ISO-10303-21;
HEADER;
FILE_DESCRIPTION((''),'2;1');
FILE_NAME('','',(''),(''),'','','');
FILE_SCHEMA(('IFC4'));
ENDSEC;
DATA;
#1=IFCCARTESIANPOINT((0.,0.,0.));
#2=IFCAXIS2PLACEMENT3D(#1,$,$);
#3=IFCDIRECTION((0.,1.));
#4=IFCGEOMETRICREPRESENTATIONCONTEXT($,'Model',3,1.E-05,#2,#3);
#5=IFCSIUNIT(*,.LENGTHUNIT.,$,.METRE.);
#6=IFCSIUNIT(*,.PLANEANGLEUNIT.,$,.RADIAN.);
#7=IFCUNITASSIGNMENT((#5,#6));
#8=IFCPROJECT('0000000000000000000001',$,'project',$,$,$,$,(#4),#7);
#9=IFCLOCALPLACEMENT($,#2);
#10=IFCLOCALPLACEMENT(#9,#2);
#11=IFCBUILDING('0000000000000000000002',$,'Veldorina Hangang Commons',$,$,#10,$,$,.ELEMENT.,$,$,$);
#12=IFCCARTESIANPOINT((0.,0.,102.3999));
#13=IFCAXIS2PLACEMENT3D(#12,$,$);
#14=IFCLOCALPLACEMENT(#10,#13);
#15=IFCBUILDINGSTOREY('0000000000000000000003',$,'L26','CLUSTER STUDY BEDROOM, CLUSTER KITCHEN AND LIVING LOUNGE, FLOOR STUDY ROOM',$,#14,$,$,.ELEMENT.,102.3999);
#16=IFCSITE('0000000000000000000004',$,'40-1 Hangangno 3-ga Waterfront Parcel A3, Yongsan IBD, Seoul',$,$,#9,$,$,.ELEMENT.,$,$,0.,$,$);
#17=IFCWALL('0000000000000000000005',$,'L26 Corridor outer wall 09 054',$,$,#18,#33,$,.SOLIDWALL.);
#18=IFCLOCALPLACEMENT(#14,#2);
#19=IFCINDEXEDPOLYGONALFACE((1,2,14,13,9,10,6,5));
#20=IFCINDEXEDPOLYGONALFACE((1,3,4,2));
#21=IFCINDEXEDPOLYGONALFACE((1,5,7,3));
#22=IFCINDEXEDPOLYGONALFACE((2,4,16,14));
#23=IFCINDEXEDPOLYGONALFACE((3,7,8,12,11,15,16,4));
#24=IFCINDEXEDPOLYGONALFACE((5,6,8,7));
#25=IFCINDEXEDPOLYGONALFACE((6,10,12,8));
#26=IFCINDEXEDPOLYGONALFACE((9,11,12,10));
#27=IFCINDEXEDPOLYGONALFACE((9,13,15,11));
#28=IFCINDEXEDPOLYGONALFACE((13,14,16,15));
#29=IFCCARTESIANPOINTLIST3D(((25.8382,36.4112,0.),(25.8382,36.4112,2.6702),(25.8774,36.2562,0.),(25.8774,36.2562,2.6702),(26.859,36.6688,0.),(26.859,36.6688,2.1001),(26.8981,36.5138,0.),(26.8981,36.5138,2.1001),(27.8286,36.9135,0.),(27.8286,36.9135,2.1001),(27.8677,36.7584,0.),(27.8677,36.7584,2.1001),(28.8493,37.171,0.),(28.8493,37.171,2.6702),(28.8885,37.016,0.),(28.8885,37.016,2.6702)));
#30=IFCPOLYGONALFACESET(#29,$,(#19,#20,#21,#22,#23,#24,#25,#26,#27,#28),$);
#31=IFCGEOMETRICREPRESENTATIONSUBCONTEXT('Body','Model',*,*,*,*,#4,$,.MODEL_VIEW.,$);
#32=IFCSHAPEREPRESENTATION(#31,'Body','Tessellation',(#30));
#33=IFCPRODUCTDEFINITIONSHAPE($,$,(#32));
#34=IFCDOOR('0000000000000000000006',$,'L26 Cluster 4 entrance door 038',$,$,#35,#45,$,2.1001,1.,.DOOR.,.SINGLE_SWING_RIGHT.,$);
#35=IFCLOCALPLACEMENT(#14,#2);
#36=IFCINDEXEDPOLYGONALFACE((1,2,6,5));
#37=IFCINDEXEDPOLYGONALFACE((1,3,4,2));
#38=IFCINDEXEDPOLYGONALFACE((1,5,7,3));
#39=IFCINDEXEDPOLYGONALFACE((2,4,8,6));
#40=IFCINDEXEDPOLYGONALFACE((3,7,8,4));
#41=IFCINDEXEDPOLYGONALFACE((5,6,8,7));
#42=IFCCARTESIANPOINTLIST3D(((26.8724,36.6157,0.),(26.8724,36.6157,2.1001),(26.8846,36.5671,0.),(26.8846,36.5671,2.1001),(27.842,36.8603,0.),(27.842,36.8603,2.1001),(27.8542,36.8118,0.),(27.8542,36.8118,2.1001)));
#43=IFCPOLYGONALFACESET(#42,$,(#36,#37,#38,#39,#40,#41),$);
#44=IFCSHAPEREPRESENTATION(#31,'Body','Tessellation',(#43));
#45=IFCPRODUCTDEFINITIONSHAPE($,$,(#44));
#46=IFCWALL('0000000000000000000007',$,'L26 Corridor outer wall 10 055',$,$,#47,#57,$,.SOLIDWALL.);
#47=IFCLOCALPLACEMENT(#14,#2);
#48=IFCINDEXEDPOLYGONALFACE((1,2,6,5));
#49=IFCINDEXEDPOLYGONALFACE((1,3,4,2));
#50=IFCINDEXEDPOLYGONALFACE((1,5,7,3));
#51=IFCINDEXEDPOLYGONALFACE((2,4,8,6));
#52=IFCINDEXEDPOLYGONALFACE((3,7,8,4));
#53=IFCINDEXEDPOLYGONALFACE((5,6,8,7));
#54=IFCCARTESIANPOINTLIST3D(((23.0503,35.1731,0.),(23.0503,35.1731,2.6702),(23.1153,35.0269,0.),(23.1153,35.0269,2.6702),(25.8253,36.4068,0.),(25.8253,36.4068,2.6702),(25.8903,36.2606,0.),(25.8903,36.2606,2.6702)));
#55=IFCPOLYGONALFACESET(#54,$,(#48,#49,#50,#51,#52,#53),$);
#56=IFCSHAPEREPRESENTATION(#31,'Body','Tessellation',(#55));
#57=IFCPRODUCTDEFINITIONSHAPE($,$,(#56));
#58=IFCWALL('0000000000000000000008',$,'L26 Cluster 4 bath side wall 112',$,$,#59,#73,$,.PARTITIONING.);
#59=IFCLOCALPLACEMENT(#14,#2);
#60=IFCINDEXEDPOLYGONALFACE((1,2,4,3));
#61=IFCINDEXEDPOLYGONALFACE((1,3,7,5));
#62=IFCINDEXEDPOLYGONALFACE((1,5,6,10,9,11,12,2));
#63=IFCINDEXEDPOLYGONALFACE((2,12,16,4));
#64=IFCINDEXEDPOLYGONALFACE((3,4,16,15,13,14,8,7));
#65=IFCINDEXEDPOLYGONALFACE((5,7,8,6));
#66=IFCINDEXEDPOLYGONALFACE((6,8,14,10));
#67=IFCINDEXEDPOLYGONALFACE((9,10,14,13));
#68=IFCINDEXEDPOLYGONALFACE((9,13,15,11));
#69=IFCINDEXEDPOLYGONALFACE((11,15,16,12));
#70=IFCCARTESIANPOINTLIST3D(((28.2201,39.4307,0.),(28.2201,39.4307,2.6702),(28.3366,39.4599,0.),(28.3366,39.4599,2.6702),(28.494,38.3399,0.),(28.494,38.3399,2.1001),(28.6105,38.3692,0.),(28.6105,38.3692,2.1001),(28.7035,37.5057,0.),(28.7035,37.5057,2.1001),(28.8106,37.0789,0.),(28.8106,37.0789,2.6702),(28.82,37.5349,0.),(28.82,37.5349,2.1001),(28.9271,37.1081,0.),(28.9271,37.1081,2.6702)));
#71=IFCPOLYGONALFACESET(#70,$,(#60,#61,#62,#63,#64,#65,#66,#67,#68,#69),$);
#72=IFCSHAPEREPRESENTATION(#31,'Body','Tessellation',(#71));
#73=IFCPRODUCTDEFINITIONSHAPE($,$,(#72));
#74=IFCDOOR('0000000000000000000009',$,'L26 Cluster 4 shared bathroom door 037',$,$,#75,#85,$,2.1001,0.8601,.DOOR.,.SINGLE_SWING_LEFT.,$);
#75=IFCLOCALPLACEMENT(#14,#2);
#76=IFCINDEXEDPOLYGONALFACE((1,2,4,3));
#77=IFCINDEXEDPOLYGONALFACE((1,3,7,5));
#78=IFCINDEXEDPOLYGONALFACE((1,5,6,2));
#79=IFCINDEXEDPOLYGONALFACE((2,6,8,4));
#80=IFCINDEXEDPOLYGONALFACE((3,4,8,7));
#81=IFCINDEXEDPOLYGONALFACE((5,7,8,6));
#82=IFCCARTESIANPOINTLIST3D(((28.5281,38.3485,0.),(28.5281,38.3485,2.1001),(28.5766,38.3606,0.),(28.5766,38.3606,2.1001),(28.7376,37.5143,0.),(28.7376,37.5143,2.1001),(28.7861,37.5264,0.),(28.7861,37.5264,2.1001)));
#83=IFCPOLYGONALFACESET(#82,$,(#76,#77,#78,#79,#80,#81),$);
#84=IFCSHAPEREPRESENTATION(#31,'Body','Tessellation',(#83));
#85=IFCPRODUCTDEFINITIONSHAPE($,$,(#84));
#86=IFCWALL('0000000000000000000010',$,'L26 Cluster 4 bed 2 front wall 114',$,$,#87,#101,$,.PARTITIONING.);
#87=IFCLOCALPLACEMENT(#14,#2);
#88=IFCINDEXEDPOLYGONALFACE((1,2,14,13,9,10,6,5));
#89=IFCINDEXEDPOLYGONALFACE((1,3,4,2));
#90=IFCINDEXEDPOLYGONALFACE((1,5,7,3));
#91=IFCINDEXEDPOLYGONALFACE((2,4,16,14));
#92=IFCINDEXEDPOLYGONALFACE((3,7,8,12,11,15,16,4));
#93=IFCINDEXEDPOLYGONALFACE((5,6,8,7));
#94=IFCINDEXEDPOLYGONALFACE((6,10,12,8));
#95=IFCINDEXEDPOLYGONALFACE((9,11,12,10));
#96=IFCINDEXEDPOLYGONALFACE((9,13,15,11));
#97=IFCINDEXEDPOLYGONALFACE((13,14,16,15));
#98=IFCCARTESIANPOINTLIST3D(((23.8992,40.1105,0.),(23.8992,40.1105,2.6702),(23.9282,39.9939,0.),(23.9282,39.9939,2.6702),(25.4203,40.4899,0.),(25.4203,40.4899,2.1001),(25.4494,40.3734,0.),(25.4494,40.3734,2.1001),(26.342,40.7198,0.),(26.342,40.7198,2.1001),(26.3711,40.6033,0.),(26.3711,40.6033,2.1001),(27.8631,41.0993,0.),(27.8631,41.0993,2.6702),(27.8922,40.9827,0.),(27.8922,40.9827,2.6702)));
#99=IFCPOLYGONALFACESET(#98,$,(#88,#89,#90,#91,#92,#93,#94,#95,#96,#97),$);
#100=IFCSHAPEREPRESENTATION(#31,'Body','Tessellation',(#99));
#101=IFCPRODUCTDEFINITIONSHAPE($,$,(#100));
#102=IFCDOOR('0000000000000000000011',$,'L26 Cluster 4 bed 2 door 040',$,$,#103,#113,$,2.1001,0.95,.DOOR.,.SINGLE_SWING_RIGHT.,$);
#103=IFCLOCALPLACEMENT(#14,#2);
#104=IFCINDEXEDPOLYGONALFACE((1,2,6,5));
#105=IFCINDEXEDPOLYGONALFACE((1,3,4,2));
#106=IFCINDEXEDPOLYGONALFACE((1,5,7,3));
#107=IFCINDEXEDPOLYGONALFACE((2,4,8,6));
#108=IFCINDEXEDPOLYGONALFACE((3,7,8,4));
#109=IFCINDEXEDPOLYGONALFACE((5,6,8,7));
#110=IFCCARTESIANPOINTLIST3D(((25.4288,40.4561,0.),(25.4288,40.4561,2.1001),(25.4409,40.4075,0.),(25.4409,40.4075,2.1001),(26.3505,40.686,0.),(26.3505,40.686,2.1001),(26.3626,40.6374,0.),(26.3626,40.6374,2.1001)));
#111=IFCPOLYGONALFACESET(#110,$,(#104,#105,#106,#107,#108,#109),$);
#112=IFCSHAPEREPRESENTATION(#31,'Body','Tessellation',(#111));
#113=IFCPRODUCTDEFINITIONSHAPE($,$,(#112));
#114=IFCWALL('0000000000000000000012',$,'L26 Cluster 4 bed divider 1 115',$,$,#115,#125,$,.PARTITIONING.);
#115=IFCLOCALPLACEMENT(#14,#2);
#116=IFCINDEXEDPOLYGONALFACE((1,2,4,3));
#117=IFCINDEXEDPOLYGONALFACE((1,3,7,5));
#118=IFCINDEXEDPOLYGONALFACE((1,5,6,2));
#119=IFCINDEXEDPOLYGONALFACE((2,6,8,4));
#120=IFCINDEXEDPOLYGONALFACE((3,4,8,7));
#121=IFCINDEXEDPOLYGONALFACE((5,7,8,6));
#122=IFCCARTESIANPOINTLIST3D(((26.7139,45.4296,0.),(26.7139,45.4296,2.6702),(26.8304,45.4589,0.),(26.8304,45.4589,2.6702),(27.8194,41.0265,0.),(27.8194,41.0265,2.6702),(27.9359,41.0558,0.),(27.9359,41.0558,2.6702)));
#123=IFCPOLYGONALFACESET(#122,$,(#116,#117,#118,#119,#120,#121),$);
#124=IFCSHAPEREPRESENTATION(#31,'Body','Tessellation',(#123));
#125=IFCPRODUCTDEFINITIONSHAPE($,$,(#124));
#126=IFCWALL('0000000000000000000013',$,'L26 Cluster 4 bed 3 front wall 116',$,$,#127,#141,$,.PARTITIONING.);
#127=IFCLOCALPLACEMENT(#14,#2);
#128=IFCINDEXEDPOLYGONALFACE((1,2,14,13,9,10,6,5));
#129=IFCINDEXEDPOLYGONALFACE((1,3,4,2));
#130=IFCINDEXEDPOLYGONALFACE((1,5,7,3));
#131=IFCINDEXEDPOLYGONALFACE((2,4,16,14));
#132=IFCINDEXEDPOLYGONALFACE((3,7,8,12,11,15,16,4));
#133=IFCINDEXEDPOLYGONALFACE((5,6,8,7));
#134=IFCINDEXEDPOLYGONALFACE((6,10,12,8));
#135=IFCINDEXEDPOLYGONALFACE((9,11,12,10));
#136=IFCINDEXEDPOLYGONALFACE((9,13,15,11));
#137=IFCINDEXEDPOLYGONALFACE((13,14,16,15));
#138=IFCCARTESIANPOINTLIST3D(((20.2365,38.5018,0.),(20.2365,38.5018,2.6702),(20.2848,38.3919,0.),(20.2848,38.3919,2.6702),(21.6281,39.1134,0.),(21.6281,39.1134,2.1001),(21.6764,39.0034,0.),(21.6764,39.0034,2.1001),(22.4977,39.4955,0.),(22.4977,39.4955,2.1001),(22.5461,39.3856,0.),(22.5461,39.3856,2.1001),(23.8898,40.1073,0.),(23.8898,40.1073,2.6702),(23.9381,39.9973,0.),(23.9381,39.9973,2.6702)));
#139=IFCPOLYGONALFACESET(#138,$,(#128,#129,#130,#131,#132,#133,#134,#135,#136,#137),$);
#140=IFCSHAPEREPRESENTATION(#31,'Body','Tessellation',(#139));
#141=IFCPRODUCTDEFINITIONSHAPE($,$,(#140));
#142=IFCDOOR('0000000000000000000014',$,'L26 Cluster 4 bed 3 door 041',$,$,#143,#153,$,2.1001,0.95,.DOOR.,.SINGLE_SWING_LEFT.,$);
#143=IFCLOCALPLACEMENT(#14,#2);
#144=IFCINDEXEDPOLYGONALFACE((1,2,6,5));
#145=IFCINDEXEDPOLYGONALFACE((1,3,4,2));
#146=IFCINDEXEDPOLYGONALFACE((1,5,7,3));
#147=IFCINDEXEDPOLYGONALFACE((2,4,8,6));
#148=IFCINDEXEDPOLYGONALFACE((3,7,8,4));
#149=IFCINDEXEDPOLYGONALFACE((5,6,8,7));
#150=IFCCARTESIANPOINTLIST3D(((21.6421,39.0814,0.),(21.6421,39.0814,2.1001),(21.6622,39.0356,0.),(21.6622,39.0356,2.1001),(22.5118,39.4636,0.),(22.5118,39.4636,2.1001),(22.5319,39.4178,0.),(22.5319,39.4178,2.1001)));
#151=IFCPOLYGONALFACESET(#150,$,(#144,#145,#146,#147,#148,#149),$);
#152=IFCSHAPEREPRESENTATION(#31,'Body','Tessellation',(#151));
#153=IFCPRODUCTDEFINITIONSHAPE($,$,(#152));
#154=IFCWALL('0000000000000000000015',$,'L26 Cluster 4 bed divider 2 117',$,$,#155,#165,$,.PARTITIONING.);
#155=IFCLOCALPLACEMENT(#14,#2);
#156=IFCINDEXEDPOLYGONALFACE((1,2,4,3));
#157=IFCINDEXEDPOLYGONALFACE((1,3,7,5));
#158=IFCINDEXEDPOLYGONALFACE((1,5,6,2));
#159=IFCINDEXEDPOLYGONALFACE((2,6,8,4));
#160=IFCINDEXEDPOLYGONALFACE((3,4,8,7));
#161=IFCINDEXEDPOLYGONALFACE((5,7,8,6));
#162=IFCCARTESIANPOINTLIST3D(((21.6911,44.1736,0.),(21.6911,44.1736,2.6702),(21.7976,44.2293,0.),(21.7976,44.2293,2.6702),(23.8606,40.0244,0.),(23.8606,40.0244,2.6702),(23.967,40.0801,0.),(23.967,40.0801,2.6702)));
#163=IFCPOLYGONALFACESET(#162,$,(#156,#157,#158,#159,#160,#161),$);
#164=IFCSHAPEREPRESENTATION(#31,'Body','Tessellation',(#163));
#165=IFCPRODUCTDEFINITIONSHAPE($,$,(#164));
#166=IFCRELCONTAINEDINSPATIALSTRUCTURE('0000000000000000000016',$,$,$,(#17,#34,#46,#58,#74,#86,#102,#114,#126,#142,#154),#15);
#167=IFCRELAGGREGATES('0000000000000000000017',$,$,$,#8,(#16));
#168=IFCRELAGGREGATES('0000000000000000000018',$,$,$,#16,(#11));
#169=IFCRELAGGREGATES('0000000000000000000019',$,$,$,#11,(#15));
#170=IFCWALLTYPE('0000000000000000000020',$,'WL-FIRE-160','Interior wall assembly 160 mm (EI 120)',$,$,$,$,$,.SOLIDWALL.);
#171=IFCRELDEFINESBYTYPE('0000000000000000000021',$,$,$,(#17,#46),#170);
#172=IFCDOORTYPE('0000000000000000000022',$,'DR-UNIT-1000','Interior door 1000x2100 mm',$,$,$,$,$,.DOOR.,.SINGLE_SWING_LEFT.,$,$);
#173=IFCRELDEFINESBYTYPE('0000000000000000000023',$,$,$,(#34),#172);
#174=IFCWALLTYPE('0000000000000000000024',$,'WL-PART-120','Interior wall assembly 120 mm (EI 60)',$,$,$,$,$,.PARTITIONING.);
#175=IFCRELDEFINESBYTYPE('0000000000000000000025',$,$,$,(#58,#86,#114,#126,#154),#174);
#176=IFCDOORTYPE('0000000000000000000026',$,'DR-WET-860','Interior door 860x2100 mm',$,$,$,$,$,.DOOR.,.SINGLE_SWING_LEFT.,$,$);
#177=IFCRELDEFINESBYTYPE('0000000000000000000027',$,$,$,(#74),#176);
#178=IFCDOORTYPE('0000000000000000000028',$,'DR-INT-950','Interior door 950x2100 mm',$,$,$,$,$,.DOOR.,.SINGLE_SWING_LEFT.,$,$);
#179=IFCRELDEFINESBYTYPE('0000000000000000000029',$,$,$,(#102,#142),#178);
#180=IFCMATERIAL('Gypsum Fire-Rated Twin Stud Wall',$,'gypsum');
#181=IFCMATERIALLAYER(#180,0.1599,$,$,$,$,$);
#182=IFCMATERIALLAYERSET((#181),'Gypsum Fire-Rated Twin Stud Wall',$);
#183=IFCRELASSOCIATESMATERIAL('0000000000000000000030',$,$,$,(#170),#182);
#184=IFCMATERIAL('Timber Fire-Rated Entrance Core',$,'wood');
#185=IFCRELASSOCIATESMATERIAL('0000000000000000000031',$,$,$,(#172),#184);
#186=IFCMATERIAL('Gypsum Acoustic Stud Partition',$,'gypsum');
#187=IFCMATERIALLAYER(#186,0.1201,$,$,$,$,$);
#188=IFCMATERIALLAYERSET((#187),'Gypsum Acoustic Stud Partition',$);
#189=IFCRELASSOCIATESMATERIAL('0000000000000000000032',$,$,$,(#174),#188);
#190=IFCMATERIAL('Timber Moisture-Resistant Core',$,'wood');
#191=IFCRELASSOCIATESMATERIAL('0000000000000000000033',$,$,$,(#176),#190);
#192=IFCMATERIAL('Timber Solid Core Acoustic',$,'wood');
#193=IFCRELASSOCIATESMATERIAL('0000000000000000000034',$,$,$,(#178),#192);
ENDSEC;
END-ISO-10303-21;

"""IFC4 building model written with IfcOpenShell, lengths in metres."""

from ifc_helpers import new_model, si_unit, direction, frame, frame_2d, origin, place, context, subcontext, project, spatial, rectangle, extrude, material, layer, layer_set, type_object, element, fill, save


model = new_model("IFC4")

# Units and contexts
model_context = context("Model", 3, precision=1e-05, world=origin(), true_north=direction((0.0, 1.0)))
body_context = subcontext(model_context, "Body", "Model", "MODEL_VIEW")
ifc_project = project(units=[si_unit("LENGTHUNIT", "METRE"), si_unit("PLANEANGLEUNIT", "RADIAN")], contexts=[model_context])

# Site, building, storey
site_placement = place(None, origin())
site = spatial("IfcSite", under=ifc_project, at=site_placement, Name="40-1 Hangangno 3-ga Waterfront Parcel A3, Yongsan IBD, Seoul", CompositionType="ELEMENT", RefElevation=0.0)
building_placement = place(site_placement, origin())
building = spatial("IfcBuilding", under=site, at=building_placement, Name="Veldorina Hangang Commons", CompositionType="ELEMENT")
storey_placement = place(building_placement, frame((0.0, 0.0, 102.3999)))
storey = spatial("IfcBuildingStorey", under=building, at=storey_placement, Name="L26", Description="CLUSTER STUDY BEDROOM, CLUSTER KITCHEN AND LIVING LOUNGE, FLOOR STUDY ROOM", CompositionType="ELEMENT", Elevation=102.3999)

# Shared definitions
ifc_material_1 = material(Name="Gypsum Fire-Rated Twin Stud Wall", Category="gypsum")
ifc_layer_1 = layer(ifc_material_1, 0.1599)
ifc_layer_set_1 = layer_set([ifc_layer_1], Name="Gypsum Fire-Rated Twin Stud Wall")
wall_type_1 = type_object("IfcWallType", Name="WL-FIRE-160", Description="Interior wall assembly 160 mm (EI 120)", PredefinedType="SOLIDWALL", material=ifc_layer_set_1)

# Wall, opening, door
wall_1_placement = place(storey_placement, frame((28.8689, 37.0935, 0.0), z_axis=(0.0, 0.0, 1.0), x_axis=(-0.969608, -0.244662, 0.0)))
wall_1 = element("IfcWall", 1, at=wall_1_placement, inside=storey, type_object=wall_type_1, Name="L26 Corridor outer wall 09 054", PredefinedType="SOLIDWALL", context=body_context, shape_type="SweptSolid", body=[
    extrude(rectangle(XDim=3.1055, YDim=0.1599, at=frame_2d((1.5527, 0.0))), origin(), (0.0, 0.0, 1.0), 2.6702),
])
opening_1_placement = place(wall_1_placement, frame((1.0527, 0.0, 0.0)))
opening_1 = element("IfcOpeningElement", 2, at=opening_1_placement, cuts=wall_1, PredefinedType="OPENING", context=body_context, shape_type="SweptSolid", body=[
    extrude(rectangle(XDim=1.0, YDim=2.1001, at=frame_2d((0.5, 1.05))), frame((0.0, 0.0898, 0.0), z_axis=(0.0, -1.0, 0.0), x_axis=(1.0, 0.0, 0.0)), (0.0, 0.0, 1.0), 0.1799),
])
ifc_material_2 = material(Name="Timber Fire-Rated Entrance Core", Category="wood")
door_type_1 = type_object("IfcDoorType", Name="DR-UNIT-1000", Description="Interior door 1000x2100 mm", OperationType="SINGLE_SWING_LEFT", PredefinedType="DOOR", material=ifc_material_2)
door_1_placement = place(opening_1_placement, origin())
door_1 = element("IfcDoor", 3, at=door_1_placement, inside=storey, type_object=door_type_1, Name="L26 Cluster 4 entrance door 038", OperationType="SINGLE_SWING_RIGHT", OverallHeight=2.1001, OverallWidth=1.0, PredefinedType="DOOR", context=body_context, shape_type="SweptSolid", body=[
    extrude(rectangle(XDim=1.0, YDim=2.1001, at=frame_2d((0.5, 1.05))), frame((0.0, 0.0249, 0.0), z_axis=(0.0, -1.0, 0.0), x_axis=(1.0, 0.0, 0.0)), (0.0, 0.0, 1.0), 0.05),
])
fill(opening_1, door_1)

# Wall
wall_2_placement = place(storey_placement, frame((25.8579, 36.3337, 0.0), z_axis=(0.0, 0.0, 1.0), x_axis=(-0.913768, -0.406235, 0.0)))
element("IfcWall", 4, at=wall_2_placement, inside=storey, type_object=wall_type_1, Name="L26 Corridor outer wall 10 055", PredefinedType="SOLIDWALL", context=body_context, shape_type="SweptSolid", body=[
    extrude(rectangle(XDim=3.0369, YDim=0.1599, at=frame_2d((1.5186, 0.0))), origin(), (0.0, 0.0, 1.0), 2.6702),
])

# Walls, openings, doors
ifc_material_3 = material(Name="Gypsum Acoustic Stud Partition", Category="gypsum")
ifc_layer_2 = layer(ifc_material_3, 0.1201)
ifc_layer_set_2 = layer_set([ifc_layer_2], Name="Gypsum Acoustic Stud Partition")
wall_type_2 = type_object("IfcWallType", Name="WL-PART-120", Description="Interior wall assembly 120 mm (EI 60)", PredefinedType="PARTITIONING", material=ifc_layer_set_2)
wall_3_placement = place(storey_placement, frame((28.8689, 37.0935, 0.0), z_axis=(0.0, 0.0, 1.0), x_axis=(-0.243554, 0.969887, 0.0)))
wall_3 = element("IfcWall", 5, at=wall_3_placement, inside=storey, type_object=wall_type_2, Name="L26 Cluster 4 bath side wall 112", PredefinedType="PARTITIONING", context=body_context, shape_type="SweptSolid", body=[
    extrude(rectangle(XDim=2.4248, YDim=0.1201, at=frame_2d((1.2124, 0.0))), origin(), (0.0, 0.0, 1.0), 2.6702),
])
opening_2_placement = place(wall_3_placement, frame((0.4399, 0.0, 0.0)))
opening_2 = element("IfcOpeningElement", 6, at=opening_2_placement, cuts=wall_3, PredefinedType="OPENING", context=body_context, shape_type="SweptSolid", body=[
    extrude(rectangle(XDim=0.8601, YDim=2.1001, at=frame_2d((0.4302, 1.05))), frame((0.0, 0.0701, 0.0), z_axis=(0.0, -1.0, 0.0), x_axis=(1.0, 0.0, 0.0)), (0.0, 0.0, 1.0), 0.1401),
])
ifc_material_4 = material(Name="Timber Moisture-Resistant Core", Category="wood")
door_type_2 = type_object("IfcDoorType", Name="DR-WET-860", Description="Interior door 860x2100 mm", OperationType="SINGLE_SWING_LEFT", PredefinedType="DOOR", material=ifc_material_4)
door_2_placement = place(opening_2_placement, origin())
door_2 = element("IfcDoor", 7, at=door_2_placement, inside=storey, type_object=door_type_2, Name="L26 Cluster 4 shared bathroom door 037", OperationType="SINGLE_SWING_LEFT", OverallHeight=2.1001, OverallWidth=0.8601, PredefinedType="DOOR", context=body_context, shape_type="SweptSolid", body=[
    extrude(rectangle(XDim=0.8601, YDim=2.1001, at=frame_2d((0.4302, 1.05))), frame((0.0, 0.0249, 0.0), z_axis=(0.0, -1.0, 0.0), x_axis=(1.0, 0.0, 0.0)), (0.0, 0.0, 1.0), 0.05),
])
fill(opening_2, door_2)
wall_4_placement = place(storey_placement, frame((27.8777, 41.041, 0.0), z_axis=(0.0, 0.0, 1.0), x_axis=(-0.970269, -0.242029, 0.0)))
wall_4 = element("IfcWall", 8, at=wall_4_placement, inside=storey, type_object=wall_type_2, Name="L26 Cluster 4 bed 2 front wall 114", PredefinedType="PARTITIONING", context=body_context, shape_type="SweptSolid", body=[
    extrude(rectangle(XDim=4.0854, YDim=0.1201, at=frame_2d((2.0427, 0.0))), origin(), (0.0, 0.0, 1.0), 2.6702),
])
opening_3_placement = place(wall_4_placement, frame((1.5676, 0.0, 0.0)))
opening_3 = element("IfcOpeningElement", 9, at=opening_3_placement, cuts=wall_4, PredefinedType="OPENING", context=body_context, shape_type="SweptSolid", body=[
    extrude(rectangle(XDim=0.95, YDim=2.1001, at=frame_2d((0.4751, 1.05))), frame((0.0, 0.0701, 0.0), z_axis=(0.0, -1.0, 0.0), x_axis=(1.0, 0.0, 0.0)), (0.0, 0.0, 1.0), 0.1401),
])
ifc_material_5 = material(Name="Timber Solid Core Acoustic", Category="wood")
door_type_3 = type_object("IfcDoorType", Name="DR-INT-950", Description="Interior door 950x2100 mm", OperationType="SINGLE_SWING_LEFT", PredefinedType="DOOR", material=ifc_material_5)
door_3_placement = place(opening_3_placement, origin())
door_3 = element("IfcDoor", 10, at=door_3_placement, inside=storey, type_object=door_type_3, Name="L26 Cluster 4 bed 2 door 040", OperationType="SINGLE_SWING_RIGHT", OverallHeight=2.1001, OverallWidth=0.95, PredefinedType="DOOR", context=body_context, shape_type="SweptSolid", body=[
    extrude(rectangle(XDim=0.95, YDim=2.1001, at=frame_2d((0.4751, 1.05))), frame((0.0, 0.0249, 0.0), z_axis=(0.0, -1.0, 0.0), x_axis=(1.0, 0.0, 0.0)), (0.0, 0.0, 1.0), 0.05),
])
fill(opening_3, door_3)

# Wall
wall_5_placement = place(storey_placement, frame((27.8777, 41.041, 0.0), z_axis=(0.0, 0.0, 1.0), x_axis=(-0.24351, 0.969898, 0.0)))
element("IfcWall", 11, at=wall_5_placement, inside=storey, type_object=wall_type_2, Name="L26 Cluster 4 bed divider 1 115", PredefinedType="PARTITIONING", context=body_context, shape_type="SweptSolid", body=[
    extrude(rectangle(XDim=4.5398, YDim=0.1201, at=frame_2d((2.27, 0.0))), origin(), (0.0, 0.0, 1.0), 2.6702),
])

# Wall, opening, door
wall_6_placement = place(storey_placement, frame((23.9138, 40.0522, 0.0), z_axis=(0.0, 0.0, 1.0), x_axis=(-0.915499, -0.40232, 0.0)))
wall_6 = element("IfcWall", 12, at=wall_6_placement, inside=storey, type_object=wall_type_2, Name="L26 Cluster 4 bed 3 front wall 116", PredefinedType="PARTITIONING", context=body_context, shape_type="SweptSolid", body=[
    extrude(rectangle(XDim=3.9905, YDim=0.1201, at=frame_2d((1.9951, 0.0))), origin(), (0.0, 0.0, 1.0), 2.6702),
])
opening_4_placement = place(wall_6_placement, frame((1.5203, 0.0, 0.0)))
opening_4 = element("IfcOpeningElement", 13, at=opening_4_placement, cuts=wall_6, PredefinedType="OPENING", context=body_context, shape_type="SweptSolid", body=[
    extrude(rectangle(XDim=0.95, YDim=2.1001, at=frame_2d((0.4751, 1.05))), frame((0.0, 0.0701, 0.0), z_axis=(0.0, -1.0, 0.0), x_axis=(1.0, 0.0, 0.0)), (0.0, 0.0, 1.0), 0.1401),
])
door_4_placement = place(opening_4_placement, origin())
door_4 = element("IfcDoor", 14, at=door_4_placement, inside=storey, type_object=door_type_3, Name="L26 Cluster 4 bed 3 door 041", OperationType="SINGLE_SWING_LEFT", OverallHeight=2.1001, OverallWidth=0.95, PredefinedType="DOOR", context=body_context, shape_type="SweptSolid", body=[
    extrude(rectangle(XDim=0.95, YDim=2.1001, at=frame_2d((0.4751, 1.05))), frame((0.0, 0.0249, 0.0), z_axis=(0.0, -1.0, 0.0), x_axis=(1.0, 0.0, 0.0)), (0.0, 0.0, 1.0), 0.05),
])
fill(opening_4, door_4)

# Wall
wall_7_placement = place(storey_placement, frame((23.9138, 40.0522, 0.0), z_axis=(0.0, 0.0, 1.0), x_axis=(-0.463346, 0.886177, 0.0)))
element("IfcWall", 15, at=wall_7_placement, inside=storey, type_object=wall_type_2, Name="L26 Cluster 4 bed divider 2 117", PredefinedType="PARTITIONING", context=body_context, shape_type="SweptSolid", body=[
    extrude(rectangle(XDim=4.6821, YDim=0.1201, at=frame_2d((2.3411, 0.0))), origin(), (0.0, 0.0, 1.0), 2.6702),
])

save(model, "model.ifc")
